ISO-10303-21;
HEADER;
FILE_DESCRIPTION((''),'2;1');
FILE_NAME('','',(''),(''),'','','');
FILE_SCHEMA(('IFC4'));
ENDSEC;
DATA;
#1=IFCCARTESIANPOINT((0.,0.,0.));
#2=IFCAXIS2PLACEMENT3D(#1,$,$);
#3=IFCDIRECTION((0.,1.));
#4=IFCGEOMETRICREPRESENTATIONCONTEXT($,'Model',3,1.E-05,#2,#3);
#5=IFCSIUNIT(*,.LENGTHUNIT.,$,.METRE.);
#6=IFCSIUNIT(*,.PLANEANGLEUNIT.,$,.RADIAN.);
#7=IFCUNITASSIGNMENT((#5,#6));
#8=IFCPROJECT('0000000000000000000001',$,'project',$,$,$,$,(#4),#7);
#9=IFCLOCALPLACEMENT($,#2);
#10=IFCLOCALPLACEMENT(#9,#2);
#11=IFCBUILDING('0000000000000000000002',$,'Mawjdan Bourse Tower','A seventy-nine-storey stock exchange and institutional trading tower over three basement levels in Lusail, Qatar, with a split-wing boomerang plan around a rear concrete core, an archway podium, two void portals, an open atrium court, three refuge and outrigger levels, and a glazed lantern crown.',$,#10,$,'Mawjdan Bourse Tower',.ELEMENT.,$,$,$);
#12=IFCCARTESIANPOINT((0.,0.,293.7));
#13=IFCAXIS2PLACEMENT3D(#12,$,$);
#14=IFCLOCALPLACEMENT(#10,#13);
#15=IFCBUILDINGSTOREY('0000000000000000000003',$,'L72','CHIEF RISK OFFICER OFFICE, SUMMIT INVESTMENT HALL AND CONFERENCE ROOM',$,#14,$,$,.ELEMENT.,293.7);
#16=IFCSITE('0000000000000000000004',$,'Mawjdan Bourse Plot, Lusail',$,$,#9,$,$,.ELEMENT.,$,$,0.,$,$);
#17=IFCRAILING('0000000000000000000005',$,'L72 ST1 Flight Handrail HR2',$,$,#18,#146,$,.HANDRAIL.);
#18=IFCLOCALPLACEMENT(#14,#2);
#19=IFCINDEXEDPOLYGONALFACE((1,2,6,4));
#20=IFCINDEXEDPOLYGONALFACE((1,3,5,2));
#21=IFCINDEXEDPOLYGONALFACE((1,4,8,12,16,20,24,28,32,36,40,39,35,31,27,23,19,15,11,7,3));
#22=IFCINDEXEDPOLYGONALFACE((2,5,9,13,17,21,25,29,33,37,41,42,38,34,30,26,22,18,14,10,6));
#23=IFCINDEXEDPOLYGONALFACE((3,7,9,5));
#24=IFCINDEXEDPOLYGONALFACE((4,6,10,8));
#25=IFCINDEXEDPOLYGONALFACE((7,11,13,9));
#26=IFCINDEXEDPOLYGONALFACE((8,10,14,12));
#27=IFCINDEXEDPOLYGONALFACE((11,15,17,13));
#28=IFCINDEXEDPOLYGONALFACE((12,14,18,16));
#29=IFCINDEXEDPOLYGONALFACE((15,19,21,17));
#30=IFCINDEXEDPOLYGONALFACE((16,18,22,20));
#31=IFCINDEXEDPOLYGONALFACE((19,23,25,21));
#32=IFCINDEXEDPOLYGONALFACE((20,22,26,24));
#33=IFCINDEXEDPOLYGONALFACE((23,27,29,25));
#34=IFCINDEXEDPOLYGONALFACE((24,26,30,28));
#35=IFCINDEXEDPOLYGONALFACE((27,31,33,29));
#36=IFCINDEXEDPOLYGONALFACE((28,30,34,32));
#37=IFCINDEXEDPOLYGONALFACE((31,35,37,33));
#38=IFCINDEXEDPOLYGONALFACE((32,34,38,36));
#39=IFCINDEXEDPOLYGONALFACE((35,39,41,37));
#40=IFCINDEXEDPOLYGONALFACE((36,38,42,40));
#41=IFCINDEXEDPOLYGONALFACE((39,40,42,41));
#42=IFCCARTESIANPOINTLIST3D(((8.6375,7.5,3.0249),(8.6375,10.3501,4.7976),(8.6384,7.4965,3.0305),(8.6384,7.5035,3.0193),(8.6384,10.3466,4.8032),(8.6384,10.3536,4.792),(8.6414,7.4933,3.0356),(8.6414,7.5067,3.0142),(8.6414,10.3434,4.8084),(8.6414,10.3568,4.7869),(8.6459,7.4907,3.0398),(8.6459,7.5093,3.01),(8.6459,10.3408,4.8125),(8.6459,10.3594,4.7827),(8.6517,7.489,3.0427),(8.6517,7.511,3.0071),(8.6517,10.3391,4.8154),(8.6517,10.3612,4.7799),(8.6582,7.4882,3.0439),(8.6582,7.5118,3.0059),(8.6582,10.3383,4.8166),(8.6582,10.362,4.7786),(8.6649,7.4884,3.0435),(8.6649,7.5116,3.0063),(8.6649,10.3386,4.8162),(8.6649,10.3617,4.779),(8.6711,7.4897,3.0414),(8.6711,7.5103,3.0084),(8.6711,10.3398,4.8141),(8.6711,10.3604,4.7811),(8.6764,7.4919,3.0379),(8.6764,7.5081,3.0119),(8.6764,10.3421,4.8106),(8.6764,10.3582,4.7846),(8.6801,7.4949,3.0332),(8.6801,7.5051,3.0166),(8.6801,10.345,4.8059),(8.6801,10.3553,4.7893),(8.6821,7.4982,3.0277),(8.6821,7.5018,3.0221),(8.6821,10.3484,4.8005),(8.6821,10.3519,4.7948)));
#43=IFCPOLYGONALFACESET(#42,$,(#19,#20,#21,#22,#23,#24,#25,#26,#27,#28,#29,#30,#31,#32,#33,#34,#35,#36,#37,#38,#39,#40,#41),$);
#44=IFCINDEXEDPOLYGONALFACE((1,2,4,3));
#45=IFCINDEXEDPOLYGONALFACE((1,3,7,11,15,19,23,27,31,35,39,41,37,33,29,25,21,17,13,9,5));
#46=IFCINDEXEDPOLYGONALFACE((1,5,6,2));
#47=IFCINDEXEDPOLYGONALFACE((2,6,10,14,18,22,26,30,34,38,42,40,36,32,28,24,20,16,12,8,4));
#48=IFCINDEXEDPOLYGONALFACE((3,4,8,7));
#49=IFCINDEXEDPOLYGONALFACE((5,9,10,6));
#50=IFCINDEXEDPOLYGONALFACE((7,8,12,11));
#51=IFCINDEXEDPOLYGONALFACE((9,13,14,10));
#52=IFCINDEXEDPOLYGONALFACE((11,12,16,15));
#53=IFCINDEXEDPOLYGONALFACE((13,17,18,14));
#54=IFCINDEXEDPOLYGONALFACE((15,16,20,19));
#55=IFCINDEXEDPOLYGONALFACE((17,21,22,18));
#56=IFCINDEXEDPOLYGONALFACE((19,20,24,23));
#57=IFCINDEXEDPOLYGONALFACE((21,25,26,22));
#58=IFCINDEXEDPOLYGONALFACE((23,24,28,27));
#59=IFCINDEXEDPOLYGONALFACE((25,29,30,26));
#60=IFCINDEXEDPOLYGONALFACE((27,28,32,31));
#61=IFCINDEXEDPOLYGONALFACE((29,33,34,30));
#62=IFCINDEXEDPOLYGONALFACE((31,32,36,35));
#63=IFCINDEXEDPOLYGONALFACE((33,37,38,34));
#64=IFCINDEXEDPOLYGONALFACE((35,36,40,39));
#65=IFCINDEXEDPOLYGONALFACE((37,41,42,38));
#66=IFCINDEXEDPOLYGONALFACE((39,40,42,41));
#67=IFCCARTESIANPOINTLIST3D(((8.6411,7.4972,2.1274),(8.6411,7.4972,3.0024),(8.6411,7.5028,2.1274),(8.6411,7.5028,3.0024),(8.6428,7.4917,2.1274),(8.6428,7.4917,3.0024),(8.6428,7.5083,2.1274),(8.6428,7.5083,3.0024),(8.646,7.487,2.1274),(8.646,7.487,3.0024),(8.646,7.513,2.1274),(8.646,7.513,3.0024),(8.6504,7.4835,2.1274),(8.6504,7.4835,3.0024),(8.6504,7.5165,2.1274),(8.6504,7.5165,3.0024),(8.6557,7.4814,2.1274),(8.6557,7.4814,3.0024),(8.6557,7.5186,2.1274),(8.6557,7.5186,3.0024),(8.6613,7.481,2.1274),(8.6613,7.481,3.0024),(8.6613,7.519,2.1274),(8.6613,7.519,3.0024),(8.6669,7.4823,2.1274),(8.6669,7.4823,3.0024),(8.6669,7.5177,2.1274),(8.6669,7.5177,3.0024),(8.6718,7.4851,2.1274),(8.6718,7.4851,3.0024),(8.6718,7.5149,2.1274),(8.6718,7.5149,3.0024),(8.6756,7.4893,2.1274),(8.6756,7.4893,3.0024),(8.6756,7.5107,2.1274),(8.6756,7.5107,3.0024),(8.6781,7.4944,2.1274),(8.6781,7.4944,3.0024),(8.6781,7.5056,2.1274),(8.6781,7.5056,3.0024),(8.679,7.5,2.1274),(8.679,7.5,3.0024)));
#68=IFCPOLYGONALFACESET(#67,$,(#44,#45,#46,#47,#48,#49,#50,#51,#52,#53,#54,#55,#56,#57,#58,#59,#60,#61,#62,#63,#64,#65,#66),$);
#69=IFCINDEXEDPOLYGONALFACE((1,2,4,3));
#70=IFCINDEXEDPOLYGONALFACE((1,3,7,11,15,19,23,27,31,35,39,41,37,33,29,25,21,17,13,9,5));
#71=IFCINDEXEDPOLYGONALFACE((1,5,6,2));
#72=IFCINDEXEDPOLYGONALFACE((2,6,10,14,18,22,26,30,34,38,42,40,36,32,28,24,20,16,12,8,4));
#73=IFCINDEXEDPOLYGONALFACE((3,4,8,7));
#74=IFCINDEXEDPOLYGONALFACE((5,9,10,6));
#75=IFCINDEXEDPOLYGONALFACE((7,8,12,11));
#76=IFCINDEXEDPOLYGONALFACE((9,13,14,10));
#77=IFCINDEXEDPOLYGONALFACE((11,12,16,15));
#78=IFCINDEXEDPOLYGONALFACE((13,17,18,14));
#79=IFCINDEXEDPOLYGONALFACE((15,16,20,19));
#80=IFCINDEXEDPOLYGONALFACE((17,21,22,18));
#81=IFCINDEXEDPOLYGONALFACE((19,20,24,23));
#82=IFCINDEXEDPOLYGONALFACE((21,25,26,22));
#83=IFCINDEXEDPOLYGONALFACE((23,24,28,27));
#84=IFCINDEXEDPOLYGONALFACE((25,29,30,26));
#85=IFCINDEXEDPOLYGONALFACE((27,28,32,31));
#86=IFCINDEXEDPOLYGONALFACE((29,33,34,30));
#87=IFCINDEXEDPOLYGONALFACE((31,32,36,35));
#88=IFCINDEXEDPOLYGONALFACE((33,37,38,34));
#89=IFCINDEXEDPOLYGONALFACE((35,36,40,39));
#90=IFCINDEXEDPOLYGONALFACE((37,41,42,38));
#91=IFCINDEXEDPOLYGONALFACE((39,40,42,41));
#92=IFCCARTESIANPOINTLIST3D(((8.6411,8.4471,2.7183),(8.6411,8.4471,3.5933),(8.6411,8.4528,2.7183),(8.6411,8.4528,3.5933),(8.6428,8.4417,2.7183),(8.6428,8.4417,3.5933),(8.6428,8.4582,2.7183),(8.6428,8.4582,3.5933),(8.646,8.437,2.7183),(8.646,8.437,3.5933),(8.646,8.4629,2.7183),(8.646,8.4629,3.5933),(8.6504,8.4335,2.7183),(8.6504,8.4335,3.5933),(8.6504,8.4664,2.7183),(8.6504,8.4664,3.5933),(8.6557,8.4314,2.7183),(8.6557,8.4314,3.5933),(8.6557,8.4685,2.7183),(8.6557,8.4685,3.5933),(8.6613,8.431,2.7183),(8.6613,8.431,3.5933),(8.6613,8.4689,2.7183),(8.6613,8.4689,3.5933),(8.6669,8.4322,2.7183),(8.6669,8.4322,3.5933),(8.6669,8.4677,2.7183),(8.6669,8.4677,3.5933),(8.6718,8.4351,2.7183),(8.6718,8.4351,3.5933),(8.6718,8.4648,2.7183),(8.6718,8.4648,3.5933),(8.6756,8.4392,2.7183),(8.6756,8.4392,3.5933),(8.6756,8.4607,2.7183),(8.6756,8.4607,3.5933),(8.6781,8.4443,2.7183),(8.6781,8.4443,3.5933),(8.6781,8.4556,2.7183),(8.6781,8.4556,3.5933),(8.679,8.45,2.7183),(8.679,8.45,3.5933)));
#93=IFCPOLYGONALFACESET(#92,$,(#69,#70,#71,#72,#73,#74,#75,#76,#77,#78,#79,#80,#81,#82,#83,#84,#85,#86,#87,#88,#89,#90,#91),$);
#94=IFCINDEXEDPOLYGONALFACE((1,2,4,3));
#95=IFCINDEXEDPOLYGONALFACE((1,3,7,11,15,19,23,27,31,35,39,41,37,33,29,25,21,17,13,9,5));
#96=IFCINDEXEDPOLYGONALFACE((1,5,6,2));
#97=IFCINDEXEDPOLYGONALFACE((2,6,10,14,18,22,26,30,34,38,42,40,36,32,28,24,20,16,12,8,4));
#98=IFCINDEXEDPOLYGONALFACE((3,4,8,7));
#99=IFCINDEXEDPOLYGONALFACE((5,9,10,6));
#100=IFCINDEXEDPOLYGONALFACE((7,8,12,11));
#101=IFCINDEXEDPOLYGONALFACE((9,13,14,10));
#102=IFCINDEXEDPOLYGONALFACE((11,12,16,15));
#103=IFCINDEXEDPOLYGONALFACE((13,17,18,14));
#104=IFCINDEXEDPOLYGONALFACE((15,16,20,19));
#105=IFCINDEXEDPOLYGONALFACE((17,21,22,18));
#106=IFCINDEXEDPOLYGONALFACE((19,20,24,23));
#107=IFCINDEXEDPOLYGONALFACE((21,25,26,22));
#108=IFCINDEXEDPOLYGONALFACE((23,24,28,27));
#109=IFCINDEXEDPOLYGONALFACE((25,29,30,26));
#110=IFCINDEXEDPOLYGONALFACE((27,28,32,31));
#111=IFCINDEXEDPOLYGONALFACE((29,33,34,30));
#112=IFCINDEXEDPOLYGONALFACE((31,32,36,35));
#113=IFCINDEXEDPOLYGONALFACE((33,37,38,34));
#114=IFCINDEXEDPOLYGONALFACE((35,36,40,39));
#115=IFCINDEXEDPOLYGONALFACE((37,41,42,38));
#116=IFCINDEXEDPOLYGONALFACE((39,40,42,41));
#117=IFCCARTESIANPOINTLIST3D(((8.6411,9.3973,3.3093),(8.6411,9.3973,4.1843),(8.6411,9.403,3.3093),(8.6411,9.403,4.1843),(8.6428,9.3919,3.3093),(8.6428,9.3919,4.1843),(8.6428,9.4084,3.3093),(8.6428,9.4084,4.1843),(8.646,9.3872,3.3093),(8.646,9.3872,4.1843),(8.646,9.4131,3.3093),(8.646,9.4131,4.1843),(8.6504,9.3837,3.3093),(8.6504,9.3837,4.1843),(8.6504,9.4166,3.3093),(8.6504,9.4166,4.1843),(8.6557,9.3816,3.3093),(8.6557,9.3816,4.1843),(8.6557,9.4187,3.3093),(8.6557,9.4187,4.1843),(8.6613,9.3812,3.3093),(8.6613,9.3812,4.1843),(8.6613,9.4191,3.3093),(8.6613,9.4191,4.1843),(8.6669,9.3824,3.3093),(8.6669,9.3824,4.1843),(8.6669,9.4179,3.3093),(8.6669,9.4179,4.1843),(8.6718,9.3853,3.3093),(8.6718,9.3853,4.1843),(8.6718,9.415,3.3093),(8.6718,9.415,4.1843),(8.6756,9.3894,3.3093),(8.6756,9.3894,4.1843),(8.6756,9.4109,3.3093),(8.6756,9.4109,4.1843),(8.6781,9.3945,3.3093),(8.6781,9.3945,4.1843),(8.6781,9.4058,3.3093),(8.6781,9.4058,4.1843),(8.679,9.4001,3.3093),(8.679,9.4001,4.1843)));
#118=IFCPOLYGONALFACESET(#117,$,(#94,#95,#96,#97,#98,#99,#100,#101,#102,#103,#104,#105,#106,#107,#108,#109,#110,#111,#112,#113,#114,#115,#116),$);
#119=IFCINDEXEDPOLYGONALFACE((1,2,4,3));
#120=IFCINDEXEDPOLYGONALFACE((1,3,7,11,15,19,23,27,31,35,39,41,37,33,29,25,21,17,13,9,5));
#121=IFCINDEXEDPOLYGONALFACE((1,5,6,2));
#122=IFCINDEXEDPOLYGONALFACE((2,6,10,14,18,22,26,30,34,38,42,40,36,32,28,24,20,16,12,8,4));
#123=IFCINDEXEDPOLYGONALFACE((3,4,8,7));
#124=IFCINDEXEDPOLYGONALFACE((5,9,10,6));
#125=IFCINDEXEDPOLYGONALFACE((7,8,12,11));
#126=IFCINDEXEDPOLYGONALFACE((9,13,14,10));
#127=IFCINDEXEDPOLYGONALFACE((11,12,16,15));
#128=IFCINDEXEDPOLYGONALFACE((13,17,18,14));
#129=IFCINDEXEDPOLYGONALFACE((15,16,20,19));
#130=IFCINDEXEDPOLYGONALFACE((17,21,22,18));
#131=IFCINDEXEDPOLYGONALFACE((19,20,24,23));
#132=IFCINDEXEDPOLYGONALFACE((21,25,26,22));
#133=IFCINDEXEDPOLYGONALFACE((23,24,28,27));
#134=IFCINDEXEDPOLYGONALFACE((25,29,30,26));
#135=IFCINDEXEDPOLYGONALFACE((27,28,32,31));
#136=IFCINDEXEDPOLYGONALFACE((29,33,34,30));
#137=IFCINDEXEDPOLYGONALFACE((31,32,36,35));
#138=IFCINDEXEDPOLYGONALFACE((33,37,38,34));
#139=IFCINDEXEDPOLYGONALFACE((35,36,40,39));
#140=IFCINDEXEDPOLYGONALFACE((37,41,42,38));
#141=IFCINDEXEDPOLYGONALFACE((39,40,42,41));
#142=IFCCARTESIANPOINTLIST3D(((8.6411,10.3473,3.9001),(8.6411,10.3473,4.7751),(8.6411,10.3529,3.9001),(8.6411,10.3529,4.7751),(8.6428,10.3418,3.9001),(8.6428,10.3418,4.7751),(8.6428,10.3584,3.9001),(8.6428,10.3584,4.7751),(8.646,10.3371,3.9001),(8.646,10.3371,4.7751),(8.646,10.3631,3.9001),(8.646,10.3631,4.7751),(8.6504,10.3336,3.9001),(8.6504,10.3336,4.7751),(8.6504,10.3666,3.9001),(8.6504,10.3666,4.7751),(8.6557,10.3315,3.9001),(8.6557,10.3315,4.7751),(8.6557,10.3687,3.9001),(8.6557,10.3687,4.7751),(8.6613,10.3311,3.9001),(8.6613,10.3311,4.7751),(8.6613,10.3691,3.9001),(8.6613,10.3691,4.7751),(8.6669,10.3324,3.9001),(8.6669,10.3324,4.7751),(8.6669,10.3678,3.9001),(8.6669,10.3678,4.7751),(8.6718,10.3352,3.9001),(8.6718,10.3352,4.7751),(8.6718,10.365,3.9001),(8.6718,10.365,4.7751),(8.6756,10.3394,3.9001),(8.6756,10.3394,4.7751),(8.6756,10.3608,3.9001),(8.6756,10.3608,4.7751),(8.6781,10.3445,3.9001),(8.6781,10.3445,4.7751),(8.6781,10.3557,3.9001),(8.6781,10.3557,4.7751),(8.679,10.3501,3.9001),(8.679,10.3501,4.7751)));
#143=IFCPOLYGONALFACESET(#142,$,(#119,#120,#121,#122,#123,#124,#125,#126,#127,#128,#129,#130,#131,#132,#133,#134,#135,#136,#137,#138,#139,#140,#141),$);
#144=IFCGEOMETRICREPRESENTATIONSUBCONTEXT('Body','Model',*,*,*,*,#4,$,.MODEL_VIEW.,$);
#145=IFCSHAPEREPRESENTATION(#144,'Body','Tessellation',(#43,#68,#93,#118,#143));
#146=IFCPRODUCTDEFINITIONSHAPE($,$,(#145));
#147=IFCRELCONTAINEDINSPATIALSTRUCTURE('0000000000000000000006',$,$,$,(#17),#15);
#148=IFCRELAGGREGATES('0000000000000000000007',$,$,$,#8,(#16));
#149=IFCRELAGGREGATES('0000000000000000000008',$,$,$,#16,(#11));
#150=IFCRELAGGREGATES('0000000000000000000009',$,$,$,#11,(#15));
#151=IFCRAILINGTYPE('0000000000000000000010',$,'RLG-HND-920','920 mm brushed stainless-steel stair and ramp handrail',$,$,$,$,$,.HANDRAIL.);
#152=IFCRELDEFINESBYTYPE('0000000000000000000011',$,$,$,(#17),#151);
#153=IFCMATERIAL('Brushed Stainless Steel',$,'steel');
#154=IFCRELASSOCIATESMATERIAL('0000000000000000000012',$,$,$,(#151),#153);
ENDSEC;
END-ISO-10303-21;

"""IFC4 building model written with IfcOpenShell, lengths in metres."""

from ifc_helpers import new_model, si_unit, direction, frame, origin, origin_2d, place, context, subcontext, project, spatial, circle, extrude, material, type_object, element, save


model = new_model("IFC4")

# Units and contexts
model_context = context("Model", 3, precision=1e-05, world=origin(), true_north=direction((0.0, 1.0)))
body_context = subcontext(model_context, "Body", "Model", "MODEL_VIEW")
ifc_project = project(units=[si_unit("LENGTHUNIT", "METRE"), si_unit("PLANEANGLEUNIT", "RADIAN")], contexts=[model_context])

# Site, building, storey
site_placement = place(None, origin())
site = spatial("IfcSite", under=ifc_project, at=site_placement, Name="Mawjdan Bourse Plot, Lusail", CompositionType="ELEMENT", RefElevation=0.0)
building_placement = place(site_placement, origin())
building = spatial("IfcBuilding", under=site, at=building_placement, Name="Mawjdan Bourse Tower", Description="A seventy-nine-storey stock exchange and institutional trading tower over three basement levels in Lusail, Qatar, with a split-wing boomerang plan around a rear concrete core, an archway podium, two void portals, an open atrium court, three refuge and outrigger levels, and a glazed lantern crown.", LongName="Mawjdan Bourse Tower", CompositionType="ELEMENT")
storey_placement = place(building_placement, frame((0.0, 0.0, 293.7)))
storey = spatial("IfcBuildingStorey", under=building, at=storey_placement, Name="L72", Description="CHIEF RISK OFFICER OFFICE, SUMMIT INVESTMENT HALL AND CONFERENCE ROOM", CompositionType="ELEMENT", Elevation=293.7)

# Railing
ifc_material_1 = material(Name="Brushed Stainless Steel", Category="steel")
railing_type_1 = type_object("IfcRailingType", Name="RLG-HND-920", Description="920 mm brushed stainless-steel stair and ramp handrail", PredefinedType="HANDRAIL", material=ifc_material_1)
railing_1_placement = place(storey_placement, frame((8.6599, 7.5, 2.1274)))
element("IfcRailing", 1, at=railing_1_placement, inside=storey, type_object=railing_type_1, Name="L72 ST1 Flight Handrail HR2", PredefinedType="HANDRAIL", context=body_context, shape_type="SweptSolid", body=[
    extrude(circle(Radius=0.0225, at=origin_2d()), frame((0.0, 0.0, 0.8975), z_axis=(0.0, 0.849149, 0.528154), x_axis=(-1.0, 0.0, 0.0)), (0.0, 0.0, 1.0), 3.3564),
    extrude(circle(Radius=0.019, at=origin_2d()), origin(), (0.0, 0.0, 1.0), 0.875),
    extrude(circle(Radius=0.019, at=origin_2d()), frame((0.0, 0.95, 0.5908)), (0.0, 0.0, 1.0), 0.875),
    extrude(circle(Radius=0.019, at=origin_2d()), frame((0.0, 1.9001, 1.1819)), (0.0, 0.0, 1.0), 0.875),
    extrude(circle(Radius=0.019, at=origin_2d()), frame((0.0, 2.8501, 1.7727)), (0.0, 0.0, 1.0), 0.875),
])

save(model, "model.ifc")
